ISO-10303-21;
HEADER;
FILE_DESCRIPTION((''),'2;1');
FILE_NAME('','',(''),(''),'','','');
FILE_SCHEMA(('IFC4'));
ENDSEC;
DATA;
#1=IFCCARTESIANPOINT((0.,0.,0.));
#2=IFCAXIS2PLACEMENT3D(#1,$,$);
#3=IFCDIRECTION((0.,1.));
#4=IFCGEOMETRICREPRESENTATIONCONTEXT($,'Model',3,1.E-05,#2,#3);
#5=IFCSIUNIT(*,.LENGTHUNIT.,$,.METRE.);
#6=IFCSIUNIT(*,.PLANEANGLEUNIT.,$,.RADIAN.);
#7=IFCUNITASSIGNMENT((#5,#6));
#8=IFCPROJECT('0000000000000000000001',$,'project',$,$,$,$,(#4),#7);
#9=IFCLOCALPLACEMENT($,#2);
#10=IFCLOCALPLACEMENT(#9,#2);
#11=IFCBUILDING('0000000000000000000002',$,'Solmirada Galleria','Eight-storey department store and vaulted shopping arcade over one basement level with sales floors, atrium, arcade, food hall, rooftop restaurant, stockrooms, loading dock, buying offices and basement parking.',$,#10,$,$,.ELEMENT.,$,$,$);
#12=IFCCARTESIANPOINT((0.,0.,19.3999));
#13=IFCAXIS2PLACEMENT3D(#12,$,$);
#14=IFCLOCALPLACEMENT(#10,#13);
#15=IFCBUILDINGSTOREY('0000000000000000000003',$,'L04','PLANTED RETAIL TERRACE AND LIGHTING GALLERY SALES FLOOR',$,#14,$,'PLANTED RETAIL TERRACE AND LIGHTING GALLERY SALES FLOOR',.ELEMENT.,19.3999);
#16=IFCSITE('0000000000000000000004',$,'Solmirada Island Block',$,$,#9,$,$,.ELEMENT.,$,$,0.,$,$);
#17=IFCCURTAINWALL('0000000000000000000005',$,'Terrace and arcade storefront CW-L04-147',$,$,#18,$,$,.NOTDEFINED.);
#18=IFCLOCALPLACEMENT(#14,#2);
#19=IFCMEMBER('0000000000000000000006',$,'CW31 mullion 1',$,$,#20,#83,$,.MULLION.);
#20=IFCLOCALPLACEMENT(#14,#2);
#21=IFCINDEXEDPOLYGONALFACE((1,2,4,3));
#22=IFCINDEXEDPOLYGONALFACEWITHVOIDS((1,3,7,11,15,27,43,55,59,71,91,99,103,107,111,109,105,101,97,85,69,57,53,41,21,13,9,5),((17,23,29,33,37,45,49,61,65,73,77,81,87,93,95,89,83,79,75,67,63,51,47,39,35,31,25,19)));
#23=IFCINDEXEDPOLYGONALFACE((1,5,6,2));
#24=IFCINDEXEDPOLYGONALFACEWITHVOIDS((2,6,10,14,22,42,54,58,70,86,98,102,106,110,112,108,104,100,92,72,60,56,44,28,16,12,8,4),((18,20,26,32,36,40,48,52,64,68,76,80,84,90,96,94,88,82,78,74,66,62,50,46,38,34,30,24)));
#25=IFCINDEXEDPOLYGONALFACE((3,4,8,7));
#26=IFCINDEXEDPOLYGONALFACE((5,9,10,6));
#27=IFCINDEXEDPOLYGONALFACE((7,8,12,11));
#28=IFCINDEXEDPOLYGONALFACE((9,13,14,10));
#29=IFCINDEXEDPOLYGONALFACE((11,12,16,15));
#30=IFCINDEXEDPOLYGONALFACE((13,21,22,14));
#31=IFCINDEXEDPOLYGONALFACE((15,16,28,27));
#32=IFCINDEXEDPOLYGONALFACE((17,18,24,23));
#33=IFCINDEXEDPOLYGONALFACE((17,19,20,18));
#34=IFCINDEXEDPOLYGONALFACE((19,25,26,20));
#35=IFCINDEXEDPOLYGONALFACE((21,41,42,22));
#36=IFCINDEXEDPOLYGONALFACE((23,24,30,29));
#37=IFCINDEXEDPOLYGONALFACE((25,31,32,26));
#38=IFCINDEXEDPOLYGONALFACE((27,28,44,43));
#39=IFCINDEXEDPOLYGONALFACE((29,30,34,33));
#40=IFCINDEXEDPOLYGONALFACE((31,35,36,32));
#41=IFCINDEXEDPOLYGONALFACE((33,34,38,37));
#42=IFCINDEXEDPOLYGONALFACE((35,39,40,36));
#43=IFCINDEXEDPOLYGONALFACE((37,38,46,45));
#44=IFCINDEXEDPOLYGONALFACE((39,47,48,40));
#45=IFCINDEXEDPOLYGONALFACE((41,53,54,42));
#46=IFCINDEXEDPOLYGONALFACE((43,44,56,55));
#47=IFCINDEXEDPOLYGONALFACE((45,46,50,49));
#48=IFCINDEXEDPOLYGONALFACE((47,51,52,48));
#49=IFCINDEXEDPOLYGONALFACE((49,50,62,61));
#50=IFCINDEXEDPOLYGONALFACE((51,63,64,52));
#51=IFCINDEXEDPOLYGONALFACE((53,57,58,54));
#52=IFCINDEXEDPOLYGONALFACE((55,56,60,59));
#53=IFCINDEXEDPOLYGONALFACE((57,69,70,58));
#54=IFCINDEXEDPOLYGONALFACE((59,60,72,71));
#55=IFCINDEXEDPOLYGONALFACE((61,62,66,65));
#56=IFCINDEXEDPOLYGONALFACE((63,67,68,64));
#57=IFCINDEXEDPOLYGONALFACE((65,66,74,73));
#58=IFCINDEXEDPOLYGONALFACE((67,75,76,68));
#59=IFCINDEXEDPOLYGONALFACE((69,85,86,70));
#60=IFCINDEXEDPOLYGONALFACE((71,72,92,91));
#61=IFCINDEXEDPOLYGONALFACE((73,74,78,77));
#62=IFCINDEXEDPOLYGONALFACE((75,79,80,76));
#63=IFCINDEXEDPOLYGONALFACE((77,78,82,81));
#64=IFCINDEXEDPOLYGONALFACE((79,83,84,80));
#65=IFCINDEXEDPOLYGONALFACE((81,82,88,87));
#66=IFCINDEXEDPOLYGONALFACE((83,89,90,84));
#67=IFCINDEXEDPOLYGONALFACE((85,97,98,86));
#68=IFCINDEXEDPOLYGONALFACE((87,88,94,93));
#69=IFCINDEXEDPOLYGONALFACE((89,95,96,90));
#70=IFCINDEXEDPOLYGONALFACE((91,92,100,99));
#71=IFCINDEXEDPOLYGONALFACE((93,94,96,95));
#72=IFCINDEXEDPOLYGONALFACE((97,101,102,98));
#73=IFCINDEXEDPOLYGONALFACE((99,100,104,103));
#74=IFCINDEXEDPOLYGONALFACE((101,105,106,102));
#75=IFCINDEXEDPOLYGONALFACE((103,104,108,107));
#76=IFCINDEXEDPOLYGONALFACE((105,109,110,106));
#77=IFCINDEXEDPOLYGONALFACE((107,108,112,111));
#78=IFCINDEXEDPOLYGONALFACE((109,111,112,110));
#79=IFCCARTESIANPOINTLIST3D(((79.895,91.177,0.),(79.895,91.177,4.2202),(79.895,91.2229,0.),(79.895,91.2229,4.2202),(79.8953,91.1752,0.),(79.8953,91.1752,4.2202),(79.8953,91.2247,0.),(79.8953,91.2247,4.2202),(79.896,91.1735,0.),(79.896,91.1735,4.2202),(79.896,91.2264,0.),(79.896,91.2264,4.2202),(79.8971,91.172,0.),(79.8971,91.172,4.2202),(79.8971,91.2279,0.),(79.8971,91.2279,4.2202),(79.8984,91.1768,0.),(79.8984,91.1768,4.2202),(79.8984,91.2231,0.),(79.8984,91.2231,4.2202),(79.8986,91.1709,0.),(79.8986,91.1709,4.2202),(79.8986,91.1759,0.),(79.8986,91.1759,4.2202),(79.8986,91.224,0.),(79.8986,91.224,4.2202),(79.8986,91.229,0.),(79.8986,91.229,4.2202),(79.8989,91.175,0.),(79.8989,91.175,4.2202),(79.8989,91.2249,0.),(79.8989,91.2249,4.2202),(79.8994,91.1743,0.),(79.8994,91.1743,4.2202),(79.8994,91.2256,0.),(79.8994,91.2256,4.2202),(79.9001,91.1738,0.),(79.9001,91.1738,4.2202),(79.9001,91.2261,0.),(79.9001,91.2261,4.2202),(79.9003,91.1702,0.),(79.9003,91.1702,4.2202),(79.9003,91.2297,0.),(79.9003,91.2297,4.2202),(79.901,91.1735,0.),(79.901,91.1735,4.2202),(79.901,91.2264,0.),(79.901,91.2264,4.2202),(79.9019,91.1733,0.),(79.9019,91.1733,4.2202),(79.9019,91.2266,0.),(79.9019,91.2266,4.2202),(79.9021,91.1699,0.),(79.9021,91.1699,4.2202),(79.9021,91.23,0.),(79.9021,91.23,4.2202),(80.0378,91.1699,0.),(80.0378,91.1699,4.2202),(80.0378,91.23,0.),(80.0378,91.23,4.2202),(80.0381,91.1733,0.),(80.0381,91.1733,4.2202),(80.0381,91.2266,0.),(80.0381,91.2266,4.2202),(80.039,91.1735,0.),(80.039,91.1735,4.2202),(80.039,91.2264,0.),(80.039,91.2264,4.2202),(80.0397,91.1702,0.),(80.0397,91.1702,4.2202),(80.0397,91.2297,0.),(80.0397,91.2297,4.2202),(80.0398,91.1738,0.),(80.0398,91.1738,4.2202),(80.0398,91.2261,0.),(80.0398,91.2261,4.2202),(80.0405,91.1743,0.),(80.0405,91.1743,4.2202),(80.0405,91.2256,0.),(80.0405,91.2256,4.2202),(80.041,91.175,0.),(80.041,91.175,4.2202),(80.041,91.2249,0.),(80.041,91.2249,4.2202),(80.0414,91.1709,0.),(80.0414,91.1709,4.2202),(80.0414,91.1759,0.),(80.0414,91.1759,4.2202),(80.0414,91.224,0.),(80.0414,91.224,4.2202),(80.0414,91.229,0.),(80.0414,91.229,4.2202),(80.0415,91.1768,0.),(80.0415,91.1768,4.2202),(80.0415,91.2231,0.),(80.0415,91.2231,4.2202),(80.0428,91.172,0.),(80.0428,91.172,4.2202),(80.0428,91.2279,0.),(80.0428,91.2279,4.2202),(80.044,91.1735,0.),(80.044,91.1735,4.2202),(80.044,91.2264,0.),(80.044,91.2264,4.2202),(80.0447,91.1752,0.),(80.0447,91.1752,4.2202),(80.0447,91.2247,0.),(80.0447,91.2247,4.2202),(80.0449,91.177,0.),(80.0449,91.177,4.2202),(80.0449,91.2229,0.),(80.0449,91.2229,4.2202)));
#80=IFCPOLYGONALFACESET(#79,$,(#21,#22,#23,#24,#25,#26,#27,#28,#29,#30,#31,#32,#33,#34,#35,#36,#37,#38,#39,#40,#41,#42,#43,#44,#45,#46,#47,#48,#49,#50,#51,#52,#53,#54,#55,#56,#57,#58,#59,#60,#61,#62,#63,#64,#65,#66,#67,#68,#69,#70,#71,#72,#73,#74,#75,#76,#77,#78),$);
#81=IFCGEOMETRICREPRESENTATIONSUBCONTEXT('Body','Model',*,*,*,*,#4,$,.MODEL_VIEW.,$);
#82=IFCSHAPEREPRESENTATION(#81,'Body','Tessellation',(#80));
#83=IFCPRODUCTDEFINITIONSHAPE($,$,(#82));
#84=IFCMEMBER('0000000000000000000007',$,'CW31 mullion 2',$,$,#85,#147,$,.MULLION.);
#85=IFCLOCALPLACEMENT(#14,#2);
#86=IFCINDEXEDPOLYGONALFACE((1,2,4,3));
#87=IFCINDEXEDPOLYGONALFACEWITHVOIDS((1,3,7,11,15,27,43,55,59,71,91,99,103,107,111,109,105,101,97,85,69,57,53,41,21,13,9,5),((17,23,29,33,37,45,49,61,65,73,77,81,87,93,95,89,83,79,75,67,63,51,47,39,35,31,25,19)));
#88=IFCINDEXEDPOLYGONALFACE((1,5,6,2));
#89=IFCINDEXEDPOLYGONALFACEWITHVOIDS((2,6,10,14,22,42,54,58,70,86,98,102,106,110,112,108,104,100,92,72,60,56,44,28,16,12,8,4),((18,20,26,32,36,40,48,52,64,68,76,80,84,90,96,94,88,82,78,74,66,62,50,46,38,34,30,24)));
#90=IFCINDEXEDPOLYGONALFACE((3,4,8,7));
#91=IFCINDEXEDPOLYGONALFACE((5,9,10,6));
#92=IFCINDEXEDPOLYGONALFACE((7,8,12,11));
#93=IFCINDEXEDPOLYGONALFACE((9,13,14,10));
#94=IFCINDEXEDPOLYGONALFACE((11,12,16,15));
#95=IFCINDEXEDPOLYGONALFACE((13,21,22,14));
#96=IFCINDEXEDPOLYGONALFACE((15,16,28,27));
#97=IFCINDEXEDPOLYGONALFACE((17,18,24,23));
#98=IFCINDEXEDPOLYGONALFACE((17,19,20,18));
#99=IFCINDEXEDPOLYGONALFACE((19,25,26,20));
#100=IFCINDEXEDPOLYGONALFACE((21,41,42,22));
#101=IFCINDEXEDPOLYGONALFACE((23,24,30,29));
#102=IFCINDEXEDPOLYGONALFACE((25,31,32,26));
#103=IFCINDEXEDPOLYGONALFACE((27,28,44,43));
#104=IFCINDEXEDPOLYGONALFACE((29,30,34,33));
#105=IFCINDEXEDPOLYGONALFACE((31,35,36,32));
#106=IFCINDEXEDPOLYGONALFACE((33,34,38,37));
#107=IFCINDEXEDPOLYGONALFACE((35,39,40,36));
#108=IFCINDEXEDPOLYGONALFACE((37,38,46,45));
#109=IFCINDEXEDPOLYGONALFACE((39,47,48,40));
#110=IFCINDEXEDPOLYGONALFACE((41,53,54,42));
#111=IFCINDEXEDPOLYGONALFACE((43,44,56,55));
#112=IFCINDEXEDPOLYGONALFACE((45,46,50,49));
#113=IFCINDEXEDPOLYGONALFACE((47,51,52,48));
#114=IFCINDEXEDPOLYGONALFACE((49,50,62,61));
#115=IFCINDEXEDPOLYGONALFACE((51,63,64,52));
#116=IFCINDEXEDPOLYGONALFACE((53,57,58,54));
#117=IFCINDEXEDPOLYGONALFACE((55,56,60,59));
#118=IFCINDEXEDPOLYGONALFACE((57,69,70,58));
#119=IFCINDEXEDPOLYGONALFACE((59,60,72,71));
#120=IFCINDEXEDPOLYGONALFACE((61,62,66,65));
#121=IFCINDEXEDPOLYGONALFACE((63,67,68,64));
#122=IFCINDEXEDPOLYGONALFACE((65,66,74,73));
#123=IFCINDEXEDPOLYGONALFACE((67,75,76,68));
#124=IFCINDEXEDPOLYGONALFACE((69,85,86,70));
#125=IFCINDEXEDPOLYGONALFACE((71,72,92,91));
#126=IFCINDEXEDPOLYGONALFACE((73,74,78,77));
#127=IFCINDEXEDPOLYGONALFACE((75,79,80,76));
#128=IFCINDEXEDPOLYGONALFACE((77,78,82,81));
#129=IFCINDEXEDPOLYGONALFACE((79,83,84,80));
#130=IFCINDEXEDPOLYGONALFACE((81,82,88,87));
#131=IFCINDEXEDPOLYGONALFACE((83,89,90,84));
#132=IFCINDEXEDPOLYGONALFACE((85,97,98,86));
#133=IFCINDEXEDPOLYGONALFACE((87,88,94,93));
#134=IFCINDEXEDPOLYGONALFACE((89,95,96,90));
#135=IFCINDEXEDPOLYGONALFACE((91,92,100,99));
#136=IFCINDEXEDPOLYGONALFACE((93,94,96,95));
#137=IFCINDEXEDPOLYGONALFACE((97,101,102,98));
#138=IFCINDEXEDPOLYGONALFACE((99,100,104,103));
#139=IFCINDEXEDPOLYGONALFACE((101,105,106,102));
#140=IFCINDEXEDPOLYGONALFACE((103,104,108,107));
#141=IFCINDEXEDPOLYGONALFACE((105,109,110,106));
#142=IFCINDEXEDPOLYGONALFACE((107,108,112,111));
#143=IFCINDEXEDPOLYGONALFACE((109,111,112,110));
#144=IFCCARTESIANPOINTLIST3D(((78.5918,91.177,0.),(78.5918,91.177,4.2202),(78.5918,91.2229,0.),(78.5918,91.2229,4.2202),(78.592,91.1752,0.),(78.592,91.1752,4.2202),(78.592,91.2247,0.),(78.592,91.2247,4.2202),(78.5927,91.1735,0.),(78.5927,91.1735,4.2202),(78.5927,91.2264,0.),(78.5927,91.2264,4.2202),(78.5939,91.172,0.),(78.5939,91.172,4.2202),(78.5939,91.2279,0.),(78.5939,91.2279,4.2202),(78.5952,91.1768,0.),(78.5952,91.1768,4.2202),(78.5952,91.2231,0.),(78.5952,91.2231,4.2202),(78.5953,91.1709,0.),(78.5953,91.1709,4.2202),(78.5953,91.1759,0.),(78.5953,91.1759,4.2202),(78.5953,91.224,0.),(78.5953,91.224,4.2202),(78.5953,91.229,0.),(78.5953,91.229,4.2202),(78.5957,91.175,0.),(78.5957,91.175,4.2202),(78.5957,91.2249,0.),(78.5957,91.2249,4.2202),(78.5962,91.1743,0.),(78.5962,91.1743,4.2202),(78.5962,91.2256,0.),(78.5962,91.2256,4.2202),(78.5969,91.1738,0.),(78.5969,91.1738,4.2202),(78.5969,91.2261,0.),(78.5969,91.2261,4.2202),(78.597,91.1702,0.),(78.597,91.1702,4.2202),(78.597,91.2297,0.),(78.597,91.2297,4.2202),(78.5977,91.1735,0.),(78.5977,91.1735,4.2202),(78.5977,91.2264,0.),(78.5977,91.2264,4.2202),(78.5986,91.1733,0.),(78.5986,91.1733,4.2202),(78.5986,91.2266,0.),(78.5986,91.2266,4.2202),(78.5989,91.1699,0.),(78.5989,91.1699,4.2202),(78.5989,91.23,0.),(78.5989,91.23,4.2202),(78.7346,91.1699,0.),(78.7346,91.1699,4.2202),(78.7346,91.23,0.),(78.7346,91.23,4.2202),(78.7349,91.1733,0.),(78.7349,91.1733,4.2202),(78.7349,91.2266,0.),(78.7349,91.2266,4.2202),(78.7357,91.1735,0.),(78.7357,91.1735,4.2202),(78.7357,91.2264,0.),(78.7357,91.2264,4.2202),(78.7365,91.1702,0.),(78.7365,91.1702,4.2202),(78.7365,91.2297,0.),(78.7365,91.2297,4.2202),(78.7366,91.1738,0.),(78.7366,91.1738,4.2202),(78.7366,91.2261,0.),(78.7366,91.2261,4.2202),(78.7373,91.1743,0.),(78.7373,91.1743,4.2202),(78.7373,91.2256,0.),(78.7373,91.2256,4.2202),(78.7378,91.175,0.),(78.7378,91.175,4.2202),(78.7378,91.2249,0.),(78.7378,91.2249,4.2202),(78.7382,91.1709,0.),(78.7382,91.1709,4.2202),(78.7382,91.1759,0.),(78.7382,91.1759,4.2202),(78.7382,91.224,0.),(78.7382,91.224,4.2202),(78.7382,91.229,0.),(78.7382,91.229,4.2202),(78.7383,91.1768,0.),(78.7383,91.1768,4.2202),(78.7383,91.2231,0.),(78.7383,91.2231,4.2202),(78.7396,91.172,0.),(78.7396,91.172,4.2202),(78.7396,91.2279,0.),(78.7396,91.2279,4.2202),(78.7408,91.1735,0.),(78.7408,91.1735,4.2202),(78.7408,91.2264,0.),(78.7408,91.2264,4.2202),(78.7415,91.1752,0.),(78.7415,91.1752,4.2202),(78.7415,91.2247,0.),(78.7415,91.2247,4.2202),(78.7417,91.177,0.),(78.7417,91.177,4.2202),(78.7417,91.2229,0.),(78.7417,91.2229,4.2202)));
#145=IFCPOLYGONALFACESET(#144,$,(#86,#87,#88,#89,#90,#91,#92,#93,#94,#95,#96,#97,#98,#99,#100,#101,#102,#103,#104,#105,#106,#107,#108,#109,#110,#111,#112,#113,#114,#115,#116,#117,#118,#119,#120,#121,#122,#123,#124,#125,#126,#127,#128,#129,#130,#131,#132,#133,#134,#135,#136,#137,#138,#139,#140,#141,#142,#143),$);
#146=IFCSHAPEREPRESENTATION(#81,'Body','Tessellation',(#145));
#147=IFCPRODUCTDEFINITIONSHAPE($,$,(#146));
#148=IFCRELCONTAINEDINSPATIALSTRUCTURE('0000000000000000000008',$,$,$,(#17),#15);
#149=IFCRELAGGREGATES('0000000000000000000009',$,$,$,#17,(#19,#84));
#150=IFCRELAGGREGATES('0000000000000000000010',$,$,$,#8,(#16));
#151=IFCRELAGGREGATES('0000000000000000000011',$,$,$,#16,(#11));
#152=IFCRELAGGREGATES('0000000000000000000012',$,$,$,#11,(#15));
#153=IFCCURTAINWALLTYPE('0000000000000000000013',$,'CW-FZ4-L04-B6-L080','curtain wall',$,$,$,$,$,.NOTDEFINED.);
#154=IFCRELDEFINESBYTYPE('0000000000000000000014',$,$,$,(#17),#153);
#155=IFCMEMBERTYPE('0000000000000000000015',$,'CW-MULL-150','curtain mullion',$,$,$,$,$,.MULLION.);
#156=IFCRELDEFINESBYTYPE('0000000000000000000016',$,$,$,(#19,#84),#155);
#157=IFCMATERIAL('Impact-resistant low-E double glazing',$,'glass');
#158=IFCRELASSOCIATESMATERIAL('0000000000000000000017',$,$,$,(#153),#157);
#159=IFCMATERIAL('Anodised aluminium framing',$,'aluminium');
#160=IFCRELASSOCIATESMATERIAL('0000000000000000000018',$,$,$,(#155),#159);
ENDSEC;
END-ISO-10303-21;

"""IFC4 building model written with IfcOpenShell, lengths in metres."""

from ifc_helpers import new_model, si_unit, direction, frame, origin, origin_2d, place, context, subcontext, project, spatial, hollow_rectangle, extrude, material, material_profile, profile_set, type_object, element, aggregate, save


model = new_model("IFC4")

# Units and contexts
model_context = context("Model", 3, precision=1e-05, world=origin(), true_north=direction((0.0, 1.0)))
body_context = subcontext(model_context, "Body", "Model", "MODEL_VIEW")
ifc_project = project(units=[si_unit("LENGTHUNIT", "METRE"), si_unit("PLANEANGLEUNIT", "RADIAN")], contexts=[model_context])

# Site, building, storey
site_placement = place(None, origin())
site = spatial("IfcSite", under=ifc_project, at=site_placement, Name="Solmirada Island Block", CompositionType="ELEMENT", RefElevation=0.0)
building_placement = place(site_placement, origin())
building = spatial("IfcBuilding", under=site, at=building_placement, Name="Solmirada Galleria", Description="Eight-storey department store and vaulted shopping arcade over one basement level with sales floors, atrium, arcade, food hall, rooftop restaurant, stockrooms, loading dock, buying offices and basement parking.", CompositionType="ELEMENT")
storey_placement = place(building_placement, frame((0.0, 0.0, 19.3999)))
storey = spatial("IfcBuildingStorey", under=building, at=storey_placement, Name="L04", Description="PLANTED RETAIL TERRACE AND LIGHTING GALLERY SALES FLOOR", LongName="PLANTED RETAIL TERRACE AND LIGHTING GALLERY SALES FLOOR", CompositionType="ELEMENT", Elevation=19.3999)

# Curtain wall, members
ifc_material_1 = material(Name="Impact-resistant low-E double glazing", Category="glass")
curtain_wall_type = type_object("IfcCurtainWallType", Name="CW-FZ4-L04-B6-L080", Description="curtain wall", PredefinedType="NOTDEFINED", material=ifc_material_1)
curtain_wall_placement = place(storey_placement, origin())
curtain_wall = element("IfcCurtainWall", 1, at=curtain_wall_placement, inside=storey, type_object=curtain_wall_type, Name="Terrace and arcade storefront CW-L04-147", PredefinedType="NOTDEFINED")
ifc_material_2 = material(Name="Anodised aluminium framing", Category="aluminium")
ifc_material_profile_1 = material_profile(ifc_material_2, hollow_rectangle(XDim=0.0601, YDim=0.1499, WallThickness=0.0034, InnerFilletRadius=0.0034, OuterFilletRadius=0.0071, at=origin_2d()), Name="ALU-MULL-150X60")
ifc_profile_set_1 = profile_set([ifc_material_profile_1], Name="Anodised aluminium framing")
member_type_1 = type_object("IfcMemberType", Name="CW-MULL-150", Description="curtain mullion", PredefinedType="MULLION", material=ifc_profile_set_1)
member_1_placement = place(storey_placement, frame((79.97, 91.2, 0.0), z_axis=(0.0, 0.0, 1.0), x_axis=(0.0, -1.0, 0.0)))
member_1 = element("IfcMember", 2, at=member_1_placement, type_object=member_type_1, Name="CW31 mullion 1", PredefinedType="MULLION", context=body_context, shape_type="SweptSolid", body=[
    extrude(hollow_rectangle(XDim=0.0601, YDim=0.1499, WallThickness=0.0034, InnerFilletRadius=0.0034, OuterFilletRadius=0.0071, at=origin_2d()), origin(), (0.0, 0.0, 1.0), 4.2202),
])
member_2_placement = place(storey_placement, frame((78.6667, 91.2, 0.0), z_axis=(0.0, 0.0, 1.0), x_axis=(0.0, -1.0, 0.0)))
member_2 = element("IfcMember", 3, at=member_2_placement, type_object=member_type_1, Name="CW31 mullion 2", PredefinedType="MULLION", context=body_context, shape_type="SweptSolid", body=[
    extrude(hollow_rectangle(XDim=0.0601, YDim=0.1499, WallThickness=0.0034, InnerFilletRadius=0.0034, OuterFilletRadius=0.0071, at=origin_2d()), origin(), (0.0, 0.0, 1.0), 4.2202),
])
aggregate(curtain_wall, [member_1, member_2])

save(model, "model.ifc")
